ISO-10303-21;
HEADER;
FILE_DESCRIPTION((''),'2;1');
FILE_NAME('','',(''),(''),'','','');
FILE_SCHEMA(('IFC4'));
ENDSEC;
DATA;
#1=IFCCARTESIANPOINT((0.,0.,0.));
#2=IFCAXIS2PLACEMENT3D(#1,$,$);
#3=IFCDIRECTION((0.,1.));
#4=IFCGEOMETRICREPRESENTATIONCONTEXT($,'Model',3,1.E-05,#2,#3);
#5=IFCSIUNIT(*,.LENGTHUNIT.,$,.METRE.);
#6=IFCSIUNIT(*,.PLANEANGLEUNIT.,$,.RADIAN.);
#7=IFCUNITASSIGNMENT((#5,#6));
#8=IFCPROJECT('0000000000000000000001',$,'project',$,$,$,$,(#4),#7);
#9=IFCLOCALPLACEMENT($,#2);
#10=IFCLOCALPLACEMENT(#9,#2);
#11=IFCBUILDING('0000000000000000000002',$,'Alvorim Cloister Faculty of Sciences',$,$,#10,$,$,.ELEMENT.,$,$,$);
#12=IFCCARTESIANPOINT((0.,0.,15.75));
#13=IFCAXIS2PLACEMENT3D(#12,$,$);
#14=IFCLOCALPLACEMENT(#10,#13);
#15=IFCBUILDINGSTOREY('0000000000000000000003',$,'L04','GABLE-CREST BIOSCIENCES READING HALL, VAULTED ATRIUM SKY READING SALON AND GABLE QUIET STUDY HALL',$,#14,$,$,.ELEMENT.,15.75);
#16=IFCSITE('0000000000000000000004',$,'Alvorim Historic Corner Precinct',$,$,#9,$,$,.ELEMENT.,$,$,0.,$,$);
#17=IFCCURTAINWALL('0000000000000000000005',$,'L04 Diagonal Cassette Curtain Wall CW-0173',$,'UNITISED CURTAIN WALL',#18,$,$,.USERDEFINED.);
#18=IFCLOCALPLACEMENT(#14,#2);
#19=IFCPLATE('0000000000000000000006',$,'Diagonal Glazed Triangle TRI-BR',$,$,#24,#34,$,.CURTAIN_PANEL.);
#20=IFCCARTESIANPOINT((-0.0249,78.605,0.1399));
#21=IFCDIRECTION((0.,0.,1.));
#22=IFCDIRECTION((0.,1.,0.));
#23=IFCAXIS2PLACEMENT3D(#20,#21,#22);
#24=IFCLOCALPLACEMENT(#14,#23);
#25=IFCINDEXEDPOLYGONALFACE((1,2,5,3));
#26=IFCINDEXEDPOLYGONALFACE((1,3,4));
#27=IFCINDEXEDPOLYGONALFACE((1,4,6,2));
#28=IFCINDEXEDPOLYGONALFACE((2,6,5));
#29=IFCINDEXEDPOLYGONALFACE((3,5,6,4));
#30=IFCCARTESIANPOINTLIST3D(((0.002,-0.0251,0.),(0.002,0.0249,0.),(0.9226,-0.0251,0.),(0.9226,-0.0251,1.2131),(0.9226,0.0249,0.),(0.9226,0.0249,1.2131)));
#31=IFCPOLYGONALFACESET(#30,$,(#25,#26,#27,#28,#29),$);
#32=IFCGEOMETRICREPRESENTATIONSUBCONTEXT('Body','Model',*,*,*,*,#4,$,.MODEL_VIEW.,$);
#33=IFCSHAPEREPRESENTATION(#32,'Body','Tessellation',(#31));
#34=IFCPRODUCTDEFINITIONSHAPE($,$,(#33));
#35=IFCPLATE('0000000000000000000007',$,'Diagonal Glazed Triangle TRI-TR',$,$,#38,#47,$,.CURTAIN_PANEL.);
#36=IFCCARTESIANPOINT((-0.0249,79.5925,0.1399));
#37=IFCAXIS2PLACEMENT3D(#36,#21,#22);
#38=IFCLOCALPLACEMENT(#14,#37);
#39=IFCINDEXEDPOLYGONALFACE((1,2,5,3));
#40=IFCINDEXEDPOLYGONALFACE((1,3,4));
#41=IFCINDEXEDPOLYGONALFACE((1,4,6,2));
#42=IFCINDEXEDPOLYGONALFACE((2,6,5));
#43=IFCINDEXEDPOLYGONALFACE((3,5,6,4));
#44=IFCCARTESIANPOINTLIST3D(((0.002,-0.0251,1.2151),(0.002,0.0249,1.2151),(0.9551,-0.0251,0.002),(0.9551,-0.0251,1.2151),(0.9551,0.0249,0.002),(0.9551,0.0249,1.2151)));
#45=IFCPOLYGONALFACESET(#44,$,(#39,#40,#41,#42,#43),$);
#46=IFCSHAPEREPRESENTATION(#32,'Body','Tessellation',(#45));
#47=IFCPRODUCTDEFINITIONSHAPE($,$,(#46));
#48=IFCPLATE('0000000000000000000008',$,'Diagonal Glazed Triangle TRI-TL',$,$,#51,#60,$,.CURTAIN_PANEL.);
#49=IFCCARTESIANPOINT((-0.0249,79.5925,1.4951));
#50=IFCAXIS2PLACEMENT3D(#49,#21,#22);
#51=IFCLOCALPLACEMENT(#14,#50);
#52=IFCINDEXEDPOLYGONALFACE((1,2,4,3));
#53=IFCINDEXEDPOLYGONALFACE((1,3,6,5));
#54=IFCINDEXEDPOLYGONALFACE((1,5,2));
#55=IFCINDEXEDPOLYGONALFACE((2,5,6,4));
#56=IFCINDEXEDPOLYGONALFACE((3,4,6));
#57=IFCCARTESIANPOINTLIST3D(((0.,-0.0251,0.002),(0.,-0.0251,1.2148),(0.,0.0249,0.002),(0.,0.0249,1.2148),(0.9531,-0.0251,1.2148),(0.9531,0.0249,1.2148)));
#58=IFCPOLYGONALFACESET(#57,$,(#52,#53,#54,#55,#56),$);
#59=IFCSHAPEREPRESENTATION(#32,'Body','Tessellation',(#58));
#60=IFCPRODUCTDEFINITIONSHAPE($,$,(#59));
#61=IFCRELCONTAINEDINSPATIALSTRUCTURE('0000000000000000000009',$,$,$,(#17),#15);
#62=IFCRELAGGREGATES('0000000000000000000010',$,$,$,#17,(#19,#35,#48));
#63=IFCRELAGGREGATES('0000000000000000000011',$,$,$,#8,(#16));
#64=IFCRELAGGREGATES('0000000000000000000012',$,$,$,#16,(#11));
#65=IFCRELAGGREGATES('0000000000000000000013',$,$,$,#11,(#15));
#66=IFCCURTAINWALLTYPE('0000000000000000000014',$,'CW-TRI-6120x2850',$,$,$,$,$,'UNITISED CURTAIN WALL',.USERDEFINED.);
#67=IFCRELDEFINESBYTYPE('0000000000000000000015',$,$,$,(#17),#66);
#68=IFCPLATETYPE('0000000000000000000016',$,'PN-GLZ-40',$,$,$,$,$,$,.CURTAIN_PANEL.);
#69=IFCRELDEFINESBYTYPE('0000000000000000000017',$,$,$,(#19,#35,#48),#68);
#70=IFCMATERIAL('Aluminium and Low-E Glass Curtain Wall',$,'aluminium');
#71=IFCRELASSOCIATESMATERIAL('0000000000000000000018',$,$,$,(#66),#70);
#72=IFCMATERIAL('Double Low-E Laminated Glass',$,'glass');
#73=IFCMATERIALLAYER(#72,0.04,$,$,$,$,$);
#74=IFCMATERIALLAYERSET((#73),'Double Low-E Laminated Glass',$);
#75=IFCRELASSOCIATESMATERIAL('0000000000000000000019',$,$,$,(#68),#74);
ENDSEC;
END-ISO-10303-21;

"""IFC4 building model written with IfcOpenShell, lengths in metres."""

from ifc_helpers import new_model, si_unit, direction, frame, origin, place, context, subcontext, project, spatial, polyline, outline, extrude, material, layer, layer_set, type_object, element, aggregate, save


model = new_model("IFC4")

# Units and contexts
model_context = context("Model", 3, precision=1e-05, world=origin(), true_north=direction((0.0, 1.0)))
body_context = subcontext(model_context, "Body", "Model", "MODEL_VIEW")
ifc_project = project(units=[si_unit("LENGTHUNIT", "METRE"), si_unit("PLANEANGLEUNIT", "RADIAN")], contexts=[model_context])

# Site, building, storey
site_placement = place(None, origin())
site = spatial("IfcSite", under=ifc_project, at=site_placement, Name="Alvorim Historic Corner Precinct", CompositionType="ELEMENT", RefElevation=0.0)
building_placement = place(site_placement, origin())
building = spatial("IfcBuilding", under=site, at=building_placement, Name="Alvorim Cloister Faculty of Sciences", CompositionType="ELEMENT")
storey_placement = place(building_placement, frame((0.0, 0.0, 15.75)))
storey = spatial("IfcBuildingStorey", under=building, at=storey_placement, Name="L04", Description="GABLE-CREST BIOSCIENCES READING HALL, VAULTED ATRIUM SKY READING SALON AND GABLE QUIET STUDY HALL", CompositionType="ELEMENT", Elevation=15.75)

# Shared definitions
ifc_material_1 = material(Name="Aluminium and Low-E Glass Curtain Wall", Category="aluminium")
curtain_wall_type = type_object("IfcCurtainWallType", Name="CW-TRI-6120x2850", ElementType="UNITISED CURTAIN WALL", PredefinedType="USERDEFINED", material=ifc_material_1)

# Curtain wall, plates
curtain_wall_1_placement = place(storey_placement, origin())
curtain_wall_1 = element("IfcCurtainWall", 1, at=curtain_wall_1_placement, inside=storey, type_object=curtain_wall_type, Name="L04 Diagonal Cassette Curtain Wall CW-0173", ObjectType="UNITISED CURTAIN WALL", PredefinedType="USERDEFINED")
ifc_material_2 = material(Name="Double Low-E Laminated Glass", Category="glass")
ifc_layer_1 = layer(ifc_material_2, 0.04)
ifc_layer_set_1 = layer_set([ifc_layer_1], Name="Double Low-E Laminated Glass")
plate_type = type_object("IfcPlateType", Name="PN-GLZ-40", PredefinedType="CURTAIN_PANEL", material=ifc_layer_set_1)
plate_1_placement = place(storey_placement, frame((-0.0249, 78.605, 0.1399), z_axis=(0.0, 0.0, 1.0), x_axis=(0.0, 1.0, 0.0)))
plate_1 = element("IfcPlate", 2, at=plate_1_placement, type_object=plate_type, Name="Diagonal Glazed Triangle TRI-BR", PredefinedType="CURTAIN_PANEL", context=body_context, shape_type="SweptSolid", body=[
    extrude(outline(polyline([(0.002, 0.0), (0.9226, 0.0), (0.9226, 1.2131), (0.002, 0.0)])), frame((0.0, 0.0249, 0.0), z_axis=(0.0, -1.0, 0.0), x_axis=(1.0, 0.0, 0.0)), (0.0, 0.0, 1.0), 0.05),
])
plate_2_placement = place(storey_placement, frame((-0.0249, 79.5925, 0.1399), z_axis=(0.0, 0.0, 1.0), x_axis=(0.0, 1.0, 0.0)))
plate_2 = element("IfcPlate", 3, at=plate_2_placement, type_object=plate_type, Name="Diagonal Glazed Triangle TRI-TR", PredefinedType="CURTAIN_PANEL", context=body_context, shape_type="SweptSolid", body=[
    extrude(outline(polyline([(0.9551, 0.002), (0.9551, 1.2151), (0.002, 1.2151), (0.9551, 0.002)])), frame((0.0, 0.0249, 0.0), z_axis=(0.0, -1.0, 0.0), x_axis=(1.0, 0.0, 0.0)), (0.0, 0.0, 1.0), 0.05),
])
plate_3_placement = place(storey_placement, frame((-0.0249, 79.5925, 1.4951), z_axis=(0.0, 0.0, 1.0), x_axis=(0.0, 1.0, 0.0)))
plate_3 = element("IfcPlate", 4, at=plate_3_placement, type_object=plate_type, Name="Diagonal Glazed Triangle TRI-TL", PredefinedType="CURTAIN_PANEL", context=body_context, shape_type="SweptSolid", body=[
    extrude(outline(polyline([(0.9531, 1.2148), (0.0, 1.2148), (0.0, 0.002), (0.9531, 1.2148)])), frame((0.0, 0.0249, 0.0), z_axis=(0.0, -1.0, 0.0), x_axis=(1.0, 0.0, 0.0)), (0.0, 0.0, 1.0), 0.05),
])
aggregate(curtain_wall_1, [plate_1, plate_2, plate_3])

save(model, "model.ifc")
